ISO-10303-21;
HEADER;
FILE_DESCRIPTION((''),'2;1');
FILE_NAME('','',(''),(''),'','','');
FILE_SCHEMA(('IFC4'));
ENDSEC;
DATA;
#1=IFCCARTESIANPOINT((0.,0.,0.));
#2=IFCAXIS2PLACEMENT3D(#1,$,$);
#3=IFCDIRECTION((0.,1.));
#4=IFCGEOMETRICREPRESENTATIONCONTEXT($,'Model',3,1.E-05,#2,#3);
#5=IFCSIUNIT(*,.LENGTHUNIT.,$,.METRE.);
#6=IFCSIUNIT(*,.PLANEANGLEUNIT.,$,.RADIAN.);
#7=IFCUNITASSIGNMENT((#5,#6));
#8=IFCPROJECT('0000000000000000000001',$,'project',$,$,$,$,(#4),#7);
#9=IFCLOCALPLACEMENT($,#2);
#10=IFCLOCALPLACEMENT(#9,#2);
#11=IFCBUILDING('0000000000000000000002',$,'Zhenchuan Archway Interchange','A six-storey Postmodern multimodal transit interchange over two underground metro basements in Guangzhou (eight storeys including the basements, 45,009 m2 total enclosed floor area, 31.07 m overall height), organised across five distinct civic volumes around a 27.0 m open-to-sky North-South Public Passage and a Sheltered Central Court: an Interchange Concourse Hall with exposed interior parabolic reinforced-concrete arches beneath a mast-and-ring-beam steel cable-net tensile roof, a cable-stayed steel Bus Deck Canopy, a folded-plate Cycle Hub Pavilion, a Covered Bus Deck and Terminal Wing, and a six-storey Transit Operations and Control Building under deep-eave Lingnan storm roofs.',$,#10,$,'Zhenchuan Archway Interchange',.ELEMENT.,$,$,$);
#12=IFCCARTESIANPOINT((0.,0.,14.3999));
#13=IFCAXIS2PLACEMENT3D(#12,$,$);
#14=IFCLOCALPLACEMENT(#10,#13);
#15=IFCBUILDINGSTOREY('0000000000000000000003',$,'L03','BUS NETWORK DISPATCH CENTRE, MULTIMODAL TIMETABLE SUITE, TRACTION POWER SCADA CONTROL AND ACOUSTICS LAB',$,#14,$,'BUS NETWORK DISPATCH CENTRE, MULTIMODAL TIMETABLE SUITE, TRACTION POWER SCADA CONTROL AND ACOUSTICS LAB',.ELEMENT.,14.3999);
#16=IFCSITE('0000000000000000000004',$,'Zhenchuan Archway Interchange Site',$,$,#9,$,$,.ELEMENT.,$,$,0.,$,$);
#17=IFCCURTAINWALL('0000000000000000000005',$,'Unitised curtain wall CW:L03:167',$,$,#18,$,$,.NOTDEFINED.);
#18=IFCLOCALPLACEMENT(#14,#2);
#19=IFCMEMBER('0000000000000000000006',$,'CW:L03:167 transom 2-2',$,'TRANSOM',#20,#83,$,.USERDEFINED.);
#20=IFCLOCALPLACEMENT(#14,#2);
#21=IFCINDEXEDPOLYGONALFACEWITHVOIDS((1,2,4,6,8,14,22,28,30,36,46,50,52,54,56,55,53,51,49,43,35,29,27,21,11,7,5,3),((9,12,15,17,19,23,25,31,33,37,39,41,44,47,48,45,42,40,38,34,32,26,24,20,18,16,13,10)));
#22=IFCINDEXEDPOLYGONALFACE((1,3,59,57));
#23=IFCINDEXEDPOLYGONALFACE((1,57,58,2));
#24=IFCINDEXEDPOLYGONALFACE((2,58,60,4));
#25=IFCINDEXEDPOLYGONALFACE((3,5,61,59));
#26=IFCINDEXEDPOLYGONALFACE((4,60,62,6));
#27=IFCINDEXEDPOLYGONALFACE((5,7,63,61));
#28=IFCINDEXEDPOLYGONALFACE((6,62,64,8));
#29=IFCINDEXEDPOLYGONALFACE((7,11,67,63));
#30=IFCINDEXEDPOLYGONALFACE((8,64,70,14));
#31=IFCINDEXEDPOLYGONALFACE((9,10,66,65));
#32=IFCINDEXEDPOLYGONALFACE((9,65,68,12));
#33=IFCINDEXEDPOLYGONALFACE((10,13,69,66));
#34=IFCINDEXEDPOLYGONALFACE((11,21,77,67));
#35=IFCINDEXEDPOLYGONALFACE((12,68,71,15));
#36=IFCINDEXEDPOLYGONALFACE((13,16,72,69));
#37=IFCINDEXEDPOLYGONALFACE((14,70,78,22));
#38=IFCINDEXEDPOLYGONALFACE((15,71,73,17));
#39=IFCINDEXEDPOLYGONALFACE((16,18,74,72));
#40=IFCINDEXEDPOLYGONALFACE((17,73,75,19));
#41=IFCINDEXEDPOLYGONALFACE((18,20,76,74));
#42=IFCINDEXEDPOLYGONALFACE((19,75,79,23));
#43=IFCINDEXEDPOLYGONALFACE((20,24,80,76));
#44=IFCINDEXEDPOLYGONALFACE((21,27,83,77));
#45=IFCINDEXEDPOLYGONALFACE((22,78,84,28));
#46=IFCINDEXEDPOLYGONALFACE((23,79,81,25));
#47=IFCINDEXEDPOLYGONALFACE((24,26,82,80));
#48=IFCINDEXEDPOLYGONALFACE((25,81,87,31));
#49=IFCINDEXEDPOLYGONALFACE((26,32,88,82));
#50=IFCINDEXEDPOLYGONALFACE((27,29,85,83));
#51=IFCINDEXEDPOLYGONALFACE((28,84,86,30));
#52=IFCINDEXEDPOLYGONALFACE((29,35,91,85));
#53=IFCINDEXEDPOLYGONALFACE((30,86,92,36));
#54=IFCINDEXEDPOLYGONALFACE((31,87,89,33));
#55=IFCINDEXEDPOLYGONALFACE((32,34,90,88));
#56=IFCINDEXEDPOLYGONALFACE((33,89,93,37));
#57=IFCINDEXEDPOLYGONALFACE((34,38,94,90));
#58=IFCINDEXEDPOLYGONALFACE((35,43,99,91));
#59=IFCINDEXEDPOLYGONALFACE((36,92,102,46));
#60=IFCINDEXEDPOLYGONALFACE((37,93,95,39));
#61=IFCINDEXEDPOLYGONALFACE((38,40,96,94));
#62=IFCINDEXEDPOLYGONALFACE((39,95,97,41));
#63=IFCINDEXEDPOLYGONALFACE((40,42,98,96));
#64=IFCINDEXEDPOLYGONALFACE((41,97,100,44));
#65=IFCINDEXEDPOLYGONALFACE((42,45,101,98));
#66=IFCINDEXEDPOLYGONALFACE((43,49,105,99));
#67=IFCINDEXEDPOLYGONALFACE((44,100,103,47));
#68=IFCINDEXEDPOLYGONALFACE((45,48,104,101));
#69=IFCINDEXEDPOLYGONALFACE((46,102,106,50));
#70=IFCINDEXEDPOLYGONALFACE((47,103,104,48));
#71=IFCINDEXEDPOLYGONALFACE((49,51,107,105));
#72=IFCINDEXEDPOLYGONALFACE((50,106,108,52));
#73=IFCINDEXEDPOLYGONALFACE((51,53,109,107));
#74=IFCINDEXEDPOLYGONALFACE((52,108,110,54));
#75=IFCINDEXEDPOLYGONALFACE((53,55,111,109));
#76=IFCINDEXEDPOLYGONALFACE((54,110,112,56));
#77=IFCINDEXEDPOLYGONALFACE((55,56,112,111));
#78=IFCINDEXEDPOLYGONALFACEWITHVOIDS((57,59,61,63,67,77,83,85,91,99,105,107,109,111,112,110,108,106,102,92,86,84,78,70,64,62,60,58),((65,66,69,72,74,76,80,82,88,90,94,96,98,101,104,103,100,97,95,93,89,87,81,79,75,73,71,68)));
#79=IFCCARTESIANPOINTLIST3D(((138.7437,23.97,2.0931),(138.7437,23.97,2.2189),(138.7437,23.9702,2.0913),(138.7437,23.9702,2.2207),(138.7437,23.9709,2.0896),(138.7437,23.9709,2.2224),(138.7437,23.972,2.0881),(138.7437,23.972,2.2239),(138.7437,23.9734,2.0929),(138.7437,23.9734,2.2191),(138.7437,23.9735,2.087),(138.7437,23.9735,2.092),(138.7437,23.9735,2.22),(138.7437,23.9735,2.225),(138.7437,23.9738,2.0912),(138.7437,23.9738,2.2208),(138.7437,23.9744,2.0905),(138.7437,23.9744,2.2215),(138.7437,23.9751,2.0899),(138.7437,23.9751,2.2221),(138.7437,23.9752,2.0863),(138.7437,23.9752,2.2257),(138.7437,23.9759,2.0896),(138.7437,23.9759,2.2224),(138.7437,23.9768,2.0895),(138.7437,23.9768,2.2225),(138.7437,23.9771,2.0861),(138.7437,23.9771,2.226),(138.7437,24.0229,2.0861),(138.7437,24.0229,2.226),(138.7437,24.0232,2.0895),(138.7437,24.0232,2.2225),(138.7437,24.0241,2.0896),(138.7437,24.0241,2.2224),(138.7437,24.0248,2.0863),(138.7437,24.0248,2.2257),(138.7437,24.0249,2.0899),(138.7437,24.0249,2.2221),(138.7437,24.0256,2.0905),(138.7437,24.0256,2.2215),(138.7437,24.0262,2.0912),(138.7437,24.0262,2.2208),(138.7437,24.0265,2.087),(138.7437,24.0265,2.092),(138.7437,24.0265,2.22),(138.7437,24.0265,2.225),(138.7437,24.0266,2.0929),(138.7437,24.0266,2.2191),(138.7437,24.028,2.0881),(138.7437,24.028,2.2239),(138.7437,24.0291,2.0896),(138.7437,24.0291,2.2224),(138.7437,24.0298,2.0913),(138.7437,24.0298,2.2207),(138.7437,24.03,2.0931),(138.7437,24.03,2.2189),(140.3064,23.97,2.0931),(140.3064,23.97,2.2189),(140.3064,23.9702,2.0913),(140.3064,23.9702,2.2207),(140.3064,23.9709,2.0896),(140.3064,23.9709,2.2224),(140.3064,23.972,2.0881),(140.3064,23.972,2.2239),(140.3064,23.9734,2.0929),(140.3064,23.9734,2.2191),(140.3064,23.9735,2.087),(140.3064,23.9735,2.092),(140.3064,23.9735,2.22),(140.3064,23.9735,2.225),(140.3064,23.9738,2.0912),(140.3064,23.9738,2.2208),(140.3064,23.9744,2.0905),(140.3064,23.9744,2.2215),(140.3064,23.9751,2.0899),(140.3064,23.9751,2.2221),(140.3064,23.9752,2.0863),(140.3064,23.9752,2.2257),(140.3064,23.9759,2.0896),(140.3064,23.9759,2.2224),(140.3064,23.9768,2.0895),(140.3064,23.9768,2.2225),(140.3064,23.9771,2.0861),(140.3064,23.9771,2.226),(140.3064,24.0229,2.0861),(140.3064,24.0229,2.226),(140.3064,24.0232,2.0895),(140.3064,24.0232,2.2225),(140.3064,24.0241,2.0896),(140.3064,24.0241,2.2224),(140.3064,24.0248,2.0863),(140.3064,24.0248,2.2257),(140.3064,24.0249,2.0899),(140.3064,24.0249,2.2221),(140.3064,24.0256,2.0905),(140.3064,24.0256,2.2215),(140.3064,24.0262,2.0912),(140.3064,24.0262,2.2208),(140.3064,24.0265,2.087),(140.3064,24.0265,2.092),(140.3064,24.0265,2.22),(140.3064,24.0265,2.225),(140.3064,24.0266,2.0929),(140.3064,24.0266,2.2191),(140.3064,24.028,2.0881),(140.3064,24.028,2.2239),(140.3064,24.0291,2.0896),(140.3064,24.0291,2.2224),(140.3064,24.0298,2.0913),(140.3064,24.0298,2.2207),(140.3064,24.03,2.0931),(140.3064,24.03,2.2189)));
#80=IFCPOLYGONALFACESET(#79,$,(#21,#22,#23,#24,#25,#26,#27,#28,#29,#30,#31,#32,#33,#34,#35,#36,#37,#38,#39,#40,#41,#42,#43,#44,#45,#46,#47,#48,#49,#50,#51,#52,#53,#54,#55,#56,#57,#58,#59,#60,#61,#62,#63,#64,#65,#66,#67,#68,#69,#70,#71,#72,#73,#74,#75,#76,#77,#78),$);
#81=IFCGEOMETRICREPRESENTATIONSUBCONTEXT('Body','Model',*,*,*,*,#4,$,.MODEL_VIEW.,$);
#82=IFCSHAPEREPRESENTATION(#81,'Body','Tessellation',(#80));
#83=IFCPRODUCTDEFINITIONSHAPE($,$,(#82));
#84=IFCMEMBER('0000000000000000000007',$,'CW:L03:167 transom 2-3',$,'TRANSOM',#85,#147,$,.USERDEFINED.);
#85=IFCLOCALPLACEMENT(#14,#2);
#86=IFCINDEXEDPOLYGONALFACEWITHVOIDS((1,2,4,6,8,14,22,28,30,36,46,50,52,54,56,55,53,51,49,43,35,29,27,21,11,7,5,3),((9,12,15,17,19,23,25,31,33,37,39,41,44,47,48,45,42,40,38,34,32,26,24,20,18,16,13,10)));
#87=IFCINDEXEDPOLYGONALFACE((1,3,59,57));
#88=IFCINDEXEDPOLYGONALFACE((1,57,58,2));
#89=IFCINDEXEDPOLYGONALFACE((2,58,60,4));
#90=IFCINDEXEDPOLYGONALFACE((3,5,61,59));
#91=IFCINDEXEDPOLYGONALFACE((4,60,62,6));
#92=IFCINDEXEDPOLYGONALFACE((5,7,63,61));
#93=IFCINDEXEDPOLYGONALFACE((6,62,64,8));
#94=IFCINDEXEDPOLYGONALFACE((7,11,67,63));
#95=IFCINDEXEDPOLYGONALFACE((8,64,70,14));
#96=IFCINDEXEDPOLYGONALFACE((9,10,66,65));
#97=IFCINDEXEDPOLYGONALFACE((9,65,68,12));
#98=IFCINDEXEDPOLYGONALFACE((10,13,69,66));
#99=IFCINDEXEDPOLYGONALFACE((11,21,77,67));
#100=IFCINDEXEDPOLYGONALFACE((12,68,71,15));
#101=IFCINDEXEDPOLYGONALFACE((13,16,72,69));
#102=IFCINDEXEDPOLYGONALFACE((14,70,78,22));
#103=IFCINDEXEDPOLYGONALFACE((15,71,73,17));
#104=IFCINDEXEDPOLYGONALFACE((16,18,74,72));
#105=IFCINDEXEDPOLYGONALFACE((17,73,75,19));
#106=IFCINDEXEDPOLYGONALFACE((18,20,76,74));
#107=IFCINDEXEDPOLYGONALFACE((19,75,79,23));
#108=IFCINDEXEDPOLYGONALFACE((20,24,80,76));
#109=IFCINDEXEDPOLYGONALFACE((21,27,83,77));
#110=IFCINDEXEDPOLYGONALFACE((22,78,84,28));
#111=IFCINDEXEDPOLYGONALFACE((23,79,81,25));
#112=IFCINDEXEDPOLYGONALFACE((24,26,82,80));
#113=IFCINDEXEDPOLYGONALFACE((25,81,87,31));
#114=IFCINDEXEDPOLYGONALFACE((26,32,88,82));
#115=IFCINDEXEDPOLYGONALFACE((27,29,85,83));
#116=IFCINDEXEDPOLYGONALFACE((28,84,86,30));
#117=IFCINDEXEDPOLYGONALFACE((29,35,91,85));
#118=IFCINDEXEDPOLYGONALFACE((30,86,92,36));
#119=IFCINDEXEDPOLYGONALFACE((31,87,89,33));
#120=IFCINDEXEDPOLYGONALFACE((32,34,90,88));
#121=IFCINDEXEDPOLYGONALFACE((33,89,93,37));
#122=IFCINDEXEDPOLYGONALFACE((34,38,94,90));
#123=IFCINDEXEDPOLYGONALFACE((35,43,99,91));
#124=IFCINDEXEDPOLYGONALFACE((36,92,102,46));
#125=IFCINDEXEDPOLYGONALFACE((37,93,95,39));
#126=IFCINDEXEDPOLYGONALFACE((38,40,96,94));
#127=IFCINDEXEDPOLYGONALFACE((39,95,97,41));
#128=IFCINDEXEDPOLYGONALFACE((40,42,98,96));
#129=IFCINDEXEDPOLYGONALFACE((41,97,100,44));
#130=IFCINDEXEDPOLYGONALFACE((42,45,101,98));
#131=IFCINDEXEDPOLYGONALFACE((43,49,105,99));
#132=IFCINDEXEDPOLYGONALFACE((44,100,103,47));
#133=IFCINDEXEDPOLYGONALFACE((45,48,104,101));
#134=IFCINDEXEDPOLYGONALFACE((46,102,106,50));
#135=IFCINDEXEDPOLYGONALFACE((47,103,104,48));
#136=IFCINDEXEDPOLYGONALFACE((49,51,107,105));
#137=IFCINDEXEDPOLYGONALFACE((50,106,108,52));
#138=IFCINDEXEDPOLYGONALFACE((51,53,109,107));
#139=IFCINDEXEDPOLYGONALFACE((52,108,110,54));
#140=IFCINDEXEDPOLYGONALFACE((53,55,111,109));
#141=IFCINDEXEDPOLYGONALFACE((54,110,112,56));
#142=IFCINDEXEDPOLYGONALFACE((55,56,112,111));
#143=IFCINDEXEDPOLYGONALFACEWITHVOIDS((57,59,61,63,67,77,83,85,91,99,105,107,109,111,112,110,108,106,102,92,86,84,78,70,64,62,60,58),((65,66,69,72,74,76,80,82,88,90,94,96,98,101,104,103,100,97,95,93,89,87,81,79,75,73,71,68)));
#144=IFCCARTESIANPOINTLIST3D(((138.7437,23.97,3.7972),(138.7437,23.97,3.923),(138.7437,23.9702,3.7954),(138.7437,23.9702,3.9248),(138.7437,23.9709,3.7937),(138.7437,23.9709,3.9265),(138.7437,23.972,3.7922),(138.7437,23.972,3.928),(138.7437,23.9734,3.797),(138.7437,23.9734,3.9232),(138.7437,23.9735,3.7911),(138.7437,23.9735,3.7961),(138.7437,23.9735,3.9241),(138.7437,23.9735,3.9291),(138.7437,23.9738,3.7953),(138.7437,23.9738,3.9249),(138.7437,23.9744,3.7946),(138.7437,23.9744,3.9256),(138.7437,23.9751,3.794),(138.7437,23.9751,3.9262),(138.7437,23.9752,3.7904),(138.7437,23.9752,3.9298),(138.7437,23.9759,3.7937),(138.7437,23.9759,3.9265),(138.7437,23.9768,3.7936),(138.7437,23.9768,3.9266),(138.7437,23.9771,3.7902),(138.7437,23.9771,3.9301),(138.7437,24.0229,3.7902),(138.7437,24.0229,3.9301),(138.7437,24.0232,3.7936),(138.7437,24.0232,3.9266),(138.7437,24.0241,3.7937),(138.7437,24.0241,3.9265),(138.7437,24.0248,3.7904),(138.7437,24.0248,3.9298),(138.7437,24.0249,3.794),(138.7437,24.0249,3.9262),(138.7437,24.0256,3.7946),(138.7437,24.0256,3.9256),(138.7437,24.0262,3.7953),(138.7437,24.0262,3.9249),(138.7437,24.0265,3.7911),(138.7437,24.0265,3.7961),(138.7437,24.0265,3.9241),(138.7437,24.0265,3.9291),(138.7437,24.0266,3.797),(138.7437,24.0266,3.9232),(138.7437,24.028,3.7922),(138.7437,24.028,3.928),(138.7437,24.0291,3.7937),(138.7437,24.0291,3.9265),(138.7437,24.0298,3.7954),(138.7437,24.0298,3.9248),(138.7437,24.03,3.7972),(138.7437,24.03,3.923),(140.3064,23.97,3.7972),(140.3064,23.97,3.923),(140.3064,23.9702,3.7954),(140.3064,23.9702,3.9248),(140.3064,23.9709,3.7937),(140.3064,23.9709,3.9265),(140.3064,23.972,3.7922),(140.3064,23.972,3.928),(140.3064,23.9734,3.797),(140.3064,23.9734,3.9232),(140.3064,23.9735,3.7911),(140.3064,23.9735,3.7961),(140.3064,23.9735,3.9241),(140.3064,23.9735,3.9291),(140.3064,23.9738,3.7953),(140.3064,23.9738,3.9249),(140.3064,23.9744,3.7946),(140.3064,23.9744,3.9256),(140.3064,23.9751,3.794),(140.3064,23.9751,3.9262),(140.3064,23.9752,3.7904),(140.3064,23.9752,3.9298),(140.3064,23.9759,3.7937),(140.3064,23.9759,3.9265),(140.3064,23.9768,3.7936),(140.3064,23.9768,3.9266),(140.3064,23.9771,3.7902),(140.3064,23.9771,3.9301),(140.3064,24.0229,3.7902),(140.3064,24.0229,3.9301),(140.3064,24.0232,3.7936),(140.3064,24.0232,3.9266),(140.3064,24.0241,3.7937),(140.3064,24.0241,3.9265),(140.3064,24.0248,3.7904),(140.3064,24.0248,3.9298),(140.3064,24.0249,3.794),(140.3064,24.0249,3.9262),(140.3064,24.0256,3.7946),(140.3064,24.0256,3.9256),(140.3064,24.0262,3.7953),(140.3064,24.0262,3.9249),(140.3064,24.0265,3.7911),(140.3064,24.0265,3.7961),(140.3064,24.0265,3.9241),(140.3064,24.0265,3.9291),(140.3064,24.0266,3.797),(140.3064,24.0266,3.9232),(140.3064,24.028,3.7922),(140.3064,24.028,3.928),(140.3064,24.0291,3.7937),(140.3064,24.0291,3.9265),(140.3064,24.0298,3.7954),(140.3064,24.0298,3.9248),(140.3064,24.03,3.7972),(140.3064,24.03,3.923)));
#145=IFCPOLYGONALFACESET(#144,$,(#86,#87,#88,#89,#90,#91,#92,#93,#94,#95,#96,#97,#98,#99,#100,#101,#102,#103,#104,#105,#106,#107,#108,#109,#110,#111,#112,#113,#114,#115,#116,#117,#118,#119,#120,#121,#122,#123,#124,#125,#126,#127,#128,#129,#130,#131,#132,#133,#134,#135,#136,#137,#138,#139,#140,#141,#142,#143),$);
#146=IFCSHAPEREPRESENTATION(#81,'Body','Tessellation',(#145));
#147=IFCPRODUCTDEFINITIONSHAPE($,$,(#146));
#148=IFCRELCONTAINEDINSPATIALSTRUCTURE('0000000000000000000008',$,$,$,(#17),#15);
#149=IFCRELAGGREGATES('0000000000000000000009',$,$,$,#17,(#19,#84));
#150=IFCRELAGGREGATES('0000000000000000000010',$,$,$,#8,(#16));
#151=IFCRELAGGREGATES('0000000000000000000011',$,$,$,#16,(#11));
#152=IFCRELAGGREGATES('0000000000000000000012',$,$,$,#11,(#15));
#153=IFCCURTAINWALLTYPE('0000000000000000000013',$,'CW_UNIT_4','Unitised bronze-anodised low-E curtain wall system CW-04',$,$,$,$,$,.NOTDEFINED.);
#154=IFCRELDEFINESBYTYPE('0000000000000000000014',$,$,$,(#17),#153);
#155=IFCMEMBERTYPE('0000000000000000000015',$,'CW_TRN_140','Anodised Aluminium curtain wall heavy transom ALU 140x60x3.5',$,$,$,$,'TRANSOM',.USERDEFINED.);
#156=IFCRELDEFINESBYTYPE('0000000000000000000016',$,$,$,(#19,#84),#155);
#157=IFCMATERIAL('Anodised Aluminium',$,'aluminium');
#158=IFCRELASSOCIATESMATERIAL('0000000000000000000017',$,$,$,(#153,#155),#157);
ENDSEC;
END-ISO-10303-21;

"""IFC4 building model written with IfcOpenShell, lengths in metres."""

from ifc_helpers import new_model, si_unit, direction, frame, origin, origin_2d, place, context, subcontext, project, spatial, hollow_rectangle, extrude, material, material_profile, profile_set, type_object, element, aggregate, save


model = new_model("IFC4")

# Units and contexts
model_context = context("Model", 3, precision=1e-05, world=origin(), true_north=direction((0.0, 1.0)))
body_context = subcontext(model_context, "Body", "Model", "MODEL_VIEW")
ifc_project = project(units=[si_unit("LENGTHUNIT", "METRE"), si_unit("PLANEANGLEUNIT", "RADIAN")], contexts=[model_context])

# Site, building, storey
site_placement = place(None, origin())
site = spatial("IfcSite", under=ifc_project, at=site_placement, Name="Zhenchuan Archway Interchange Site", CompositionType="ELEMENT", RefElevation=0.0)
building_placement = place(site_placement, origin())
building = spatial("IfcBuilding", under=site, at=building_placement, Name="Zhenchuan Archway Interchange", Description="A six-storey Postmodern multimodal transit interchange over two underground metro basements in Guangzhou (eight storeys including the basements, 45,009 m2 total enclosed floor area, 31.07 m overall height), organised across five distinct civic volumes around a 27.0 m open-to-sky North-South Public Passage and a Sheltered Central Court: an Interchange Concourse Hall with exposed interior parabolic reinforced-concrete arches beneath a mast-and-ring-beam steel cable-net tensile roof, a cable-stayed steel Bus Deck Canopy, a folded-plate Cycle Hub Pavilion, a Covered Bus Deck and Terminal Wing, and a six-storey Transit Operations and Control Building under deep-eave Lingnan storm roofs.", LongName="Zhenchuan Archway Interchange", CompositionType="ELEMENT")
storey_placement = place(building_placement, frame((0.0, 0.0, 14.3999)))
storey = spatial("IfcBuildingStorey", under=building, at=storey_placement, Name="L03", Description="BUS NETWORK DISPATCH CENTRE, MULTIMODAL TIMETABLE SUITE, TRACTION POWER SCADA CONTROL AND ACOUSTICS LAB", LongName="BUS NETWORK DISPATCH CENTRE, MULTIMODAL TIMETABLE SUITE, TRACTION POWER SCADA CONTROL AND ACOUSTICS LAB", CompositionType="ELEMENT", Elevation=14.3999)

# Curtain wall
ifc_material_1 = material(Name="Anodised Aluminium", Category="aluminium")
curtain_wall_type_1 = type_object("IfcCurtainWallType", Name="CW_UNIT_4", Description="Unitised bronze-anodised low-E curtain wall system CW-04", PredefinedType="NOTDEFINED", material=ifc_material_1)
curtain_wall_1_placement = place(storey_placement, origin())
curtain_wall_1 = element("IfcCurtainWall", 1, at=curtain_wall_1_placement, inside=storey, type_object=curtain_wall_type_1, Name="Unitised curtain wall CW:L03:167", PredefinedType="NOTDEFINED")

# Members
ifc_material_profile_1 = material_profile(ifc_material_1, hollow_rectangle(XDim=0.0601, YDim=0.1399, WallThickness=0.0034, InnerFilletRadius=0.0034, OuterFilletRadius=0.0071, at=origin_2d()), Name="ALU 140x60x3.5")
ifc_profile_set_1 = profile_set([ifc_material_profile_1], Name="Anodised Aluminium")
member_type_1 = type_object("IfcMemberType", Name="CW_TRN_140", Description="Anodised Aluminium curtain wall heavy transom ALU 140x60x3.5", ElementType="TRANSOM", PredefinedType="USERDEFINED", material=ifc_profile_set_1)
member_1_placement = place(storey_placement, frame((138.7437, 24.0, 2.156), z_axis=(1.0, 0.0, 0.0), x_axis=(0.0, 1.0, 0.0)))
member_1 = element("IfcMember", 2, at=member_1_placement, type_object=member_type_1, Name="CW:L03:167 transom 2-2", ObjectType="TRANSOM", PredefinedType="USERDEFINED", context=body_context, shape_type="SweptSolid", body=[
    extrude(hollow_rectangle(XDim=0.0601, YDim=0.1399, WallThickness=0.0034, InnerFilletRadius=0.0034, OuterFilletRadius=0.0071, at=origin_2d()), origin(), (0.0, 0.0, 1.0), 1.5627),
])
member_2_placement = place(storey_placement, frame((138.7437, 24.0, 3.8601), z_axis=(1.0, 0.0, 0.0), x_axis=(0.0, 1.0, 0.0)))
member_2 = element("IfcMember", 3, at=member_2_placement, type_object=member_type_1, Name="CW:L03:167 transom 2-3", ObjectType="TRANSOM", PredefinedType="USERDEFINED", context=body_context, shape_type="SweptSolid", body=[
    extrude(hollow_rectangle(XDim=0.0601, YDim=0.1399, WallThickness=0.0034, InnerFilletRadius=0.0034, OuterFilletRadius=0.0071, at=origin_2d()), origin(), (0.0, 0.0, 1.0), 1.5627),
])

aggregate(curtain_wall_1, [member_1, member_2])

save(model, "model.ifc")
